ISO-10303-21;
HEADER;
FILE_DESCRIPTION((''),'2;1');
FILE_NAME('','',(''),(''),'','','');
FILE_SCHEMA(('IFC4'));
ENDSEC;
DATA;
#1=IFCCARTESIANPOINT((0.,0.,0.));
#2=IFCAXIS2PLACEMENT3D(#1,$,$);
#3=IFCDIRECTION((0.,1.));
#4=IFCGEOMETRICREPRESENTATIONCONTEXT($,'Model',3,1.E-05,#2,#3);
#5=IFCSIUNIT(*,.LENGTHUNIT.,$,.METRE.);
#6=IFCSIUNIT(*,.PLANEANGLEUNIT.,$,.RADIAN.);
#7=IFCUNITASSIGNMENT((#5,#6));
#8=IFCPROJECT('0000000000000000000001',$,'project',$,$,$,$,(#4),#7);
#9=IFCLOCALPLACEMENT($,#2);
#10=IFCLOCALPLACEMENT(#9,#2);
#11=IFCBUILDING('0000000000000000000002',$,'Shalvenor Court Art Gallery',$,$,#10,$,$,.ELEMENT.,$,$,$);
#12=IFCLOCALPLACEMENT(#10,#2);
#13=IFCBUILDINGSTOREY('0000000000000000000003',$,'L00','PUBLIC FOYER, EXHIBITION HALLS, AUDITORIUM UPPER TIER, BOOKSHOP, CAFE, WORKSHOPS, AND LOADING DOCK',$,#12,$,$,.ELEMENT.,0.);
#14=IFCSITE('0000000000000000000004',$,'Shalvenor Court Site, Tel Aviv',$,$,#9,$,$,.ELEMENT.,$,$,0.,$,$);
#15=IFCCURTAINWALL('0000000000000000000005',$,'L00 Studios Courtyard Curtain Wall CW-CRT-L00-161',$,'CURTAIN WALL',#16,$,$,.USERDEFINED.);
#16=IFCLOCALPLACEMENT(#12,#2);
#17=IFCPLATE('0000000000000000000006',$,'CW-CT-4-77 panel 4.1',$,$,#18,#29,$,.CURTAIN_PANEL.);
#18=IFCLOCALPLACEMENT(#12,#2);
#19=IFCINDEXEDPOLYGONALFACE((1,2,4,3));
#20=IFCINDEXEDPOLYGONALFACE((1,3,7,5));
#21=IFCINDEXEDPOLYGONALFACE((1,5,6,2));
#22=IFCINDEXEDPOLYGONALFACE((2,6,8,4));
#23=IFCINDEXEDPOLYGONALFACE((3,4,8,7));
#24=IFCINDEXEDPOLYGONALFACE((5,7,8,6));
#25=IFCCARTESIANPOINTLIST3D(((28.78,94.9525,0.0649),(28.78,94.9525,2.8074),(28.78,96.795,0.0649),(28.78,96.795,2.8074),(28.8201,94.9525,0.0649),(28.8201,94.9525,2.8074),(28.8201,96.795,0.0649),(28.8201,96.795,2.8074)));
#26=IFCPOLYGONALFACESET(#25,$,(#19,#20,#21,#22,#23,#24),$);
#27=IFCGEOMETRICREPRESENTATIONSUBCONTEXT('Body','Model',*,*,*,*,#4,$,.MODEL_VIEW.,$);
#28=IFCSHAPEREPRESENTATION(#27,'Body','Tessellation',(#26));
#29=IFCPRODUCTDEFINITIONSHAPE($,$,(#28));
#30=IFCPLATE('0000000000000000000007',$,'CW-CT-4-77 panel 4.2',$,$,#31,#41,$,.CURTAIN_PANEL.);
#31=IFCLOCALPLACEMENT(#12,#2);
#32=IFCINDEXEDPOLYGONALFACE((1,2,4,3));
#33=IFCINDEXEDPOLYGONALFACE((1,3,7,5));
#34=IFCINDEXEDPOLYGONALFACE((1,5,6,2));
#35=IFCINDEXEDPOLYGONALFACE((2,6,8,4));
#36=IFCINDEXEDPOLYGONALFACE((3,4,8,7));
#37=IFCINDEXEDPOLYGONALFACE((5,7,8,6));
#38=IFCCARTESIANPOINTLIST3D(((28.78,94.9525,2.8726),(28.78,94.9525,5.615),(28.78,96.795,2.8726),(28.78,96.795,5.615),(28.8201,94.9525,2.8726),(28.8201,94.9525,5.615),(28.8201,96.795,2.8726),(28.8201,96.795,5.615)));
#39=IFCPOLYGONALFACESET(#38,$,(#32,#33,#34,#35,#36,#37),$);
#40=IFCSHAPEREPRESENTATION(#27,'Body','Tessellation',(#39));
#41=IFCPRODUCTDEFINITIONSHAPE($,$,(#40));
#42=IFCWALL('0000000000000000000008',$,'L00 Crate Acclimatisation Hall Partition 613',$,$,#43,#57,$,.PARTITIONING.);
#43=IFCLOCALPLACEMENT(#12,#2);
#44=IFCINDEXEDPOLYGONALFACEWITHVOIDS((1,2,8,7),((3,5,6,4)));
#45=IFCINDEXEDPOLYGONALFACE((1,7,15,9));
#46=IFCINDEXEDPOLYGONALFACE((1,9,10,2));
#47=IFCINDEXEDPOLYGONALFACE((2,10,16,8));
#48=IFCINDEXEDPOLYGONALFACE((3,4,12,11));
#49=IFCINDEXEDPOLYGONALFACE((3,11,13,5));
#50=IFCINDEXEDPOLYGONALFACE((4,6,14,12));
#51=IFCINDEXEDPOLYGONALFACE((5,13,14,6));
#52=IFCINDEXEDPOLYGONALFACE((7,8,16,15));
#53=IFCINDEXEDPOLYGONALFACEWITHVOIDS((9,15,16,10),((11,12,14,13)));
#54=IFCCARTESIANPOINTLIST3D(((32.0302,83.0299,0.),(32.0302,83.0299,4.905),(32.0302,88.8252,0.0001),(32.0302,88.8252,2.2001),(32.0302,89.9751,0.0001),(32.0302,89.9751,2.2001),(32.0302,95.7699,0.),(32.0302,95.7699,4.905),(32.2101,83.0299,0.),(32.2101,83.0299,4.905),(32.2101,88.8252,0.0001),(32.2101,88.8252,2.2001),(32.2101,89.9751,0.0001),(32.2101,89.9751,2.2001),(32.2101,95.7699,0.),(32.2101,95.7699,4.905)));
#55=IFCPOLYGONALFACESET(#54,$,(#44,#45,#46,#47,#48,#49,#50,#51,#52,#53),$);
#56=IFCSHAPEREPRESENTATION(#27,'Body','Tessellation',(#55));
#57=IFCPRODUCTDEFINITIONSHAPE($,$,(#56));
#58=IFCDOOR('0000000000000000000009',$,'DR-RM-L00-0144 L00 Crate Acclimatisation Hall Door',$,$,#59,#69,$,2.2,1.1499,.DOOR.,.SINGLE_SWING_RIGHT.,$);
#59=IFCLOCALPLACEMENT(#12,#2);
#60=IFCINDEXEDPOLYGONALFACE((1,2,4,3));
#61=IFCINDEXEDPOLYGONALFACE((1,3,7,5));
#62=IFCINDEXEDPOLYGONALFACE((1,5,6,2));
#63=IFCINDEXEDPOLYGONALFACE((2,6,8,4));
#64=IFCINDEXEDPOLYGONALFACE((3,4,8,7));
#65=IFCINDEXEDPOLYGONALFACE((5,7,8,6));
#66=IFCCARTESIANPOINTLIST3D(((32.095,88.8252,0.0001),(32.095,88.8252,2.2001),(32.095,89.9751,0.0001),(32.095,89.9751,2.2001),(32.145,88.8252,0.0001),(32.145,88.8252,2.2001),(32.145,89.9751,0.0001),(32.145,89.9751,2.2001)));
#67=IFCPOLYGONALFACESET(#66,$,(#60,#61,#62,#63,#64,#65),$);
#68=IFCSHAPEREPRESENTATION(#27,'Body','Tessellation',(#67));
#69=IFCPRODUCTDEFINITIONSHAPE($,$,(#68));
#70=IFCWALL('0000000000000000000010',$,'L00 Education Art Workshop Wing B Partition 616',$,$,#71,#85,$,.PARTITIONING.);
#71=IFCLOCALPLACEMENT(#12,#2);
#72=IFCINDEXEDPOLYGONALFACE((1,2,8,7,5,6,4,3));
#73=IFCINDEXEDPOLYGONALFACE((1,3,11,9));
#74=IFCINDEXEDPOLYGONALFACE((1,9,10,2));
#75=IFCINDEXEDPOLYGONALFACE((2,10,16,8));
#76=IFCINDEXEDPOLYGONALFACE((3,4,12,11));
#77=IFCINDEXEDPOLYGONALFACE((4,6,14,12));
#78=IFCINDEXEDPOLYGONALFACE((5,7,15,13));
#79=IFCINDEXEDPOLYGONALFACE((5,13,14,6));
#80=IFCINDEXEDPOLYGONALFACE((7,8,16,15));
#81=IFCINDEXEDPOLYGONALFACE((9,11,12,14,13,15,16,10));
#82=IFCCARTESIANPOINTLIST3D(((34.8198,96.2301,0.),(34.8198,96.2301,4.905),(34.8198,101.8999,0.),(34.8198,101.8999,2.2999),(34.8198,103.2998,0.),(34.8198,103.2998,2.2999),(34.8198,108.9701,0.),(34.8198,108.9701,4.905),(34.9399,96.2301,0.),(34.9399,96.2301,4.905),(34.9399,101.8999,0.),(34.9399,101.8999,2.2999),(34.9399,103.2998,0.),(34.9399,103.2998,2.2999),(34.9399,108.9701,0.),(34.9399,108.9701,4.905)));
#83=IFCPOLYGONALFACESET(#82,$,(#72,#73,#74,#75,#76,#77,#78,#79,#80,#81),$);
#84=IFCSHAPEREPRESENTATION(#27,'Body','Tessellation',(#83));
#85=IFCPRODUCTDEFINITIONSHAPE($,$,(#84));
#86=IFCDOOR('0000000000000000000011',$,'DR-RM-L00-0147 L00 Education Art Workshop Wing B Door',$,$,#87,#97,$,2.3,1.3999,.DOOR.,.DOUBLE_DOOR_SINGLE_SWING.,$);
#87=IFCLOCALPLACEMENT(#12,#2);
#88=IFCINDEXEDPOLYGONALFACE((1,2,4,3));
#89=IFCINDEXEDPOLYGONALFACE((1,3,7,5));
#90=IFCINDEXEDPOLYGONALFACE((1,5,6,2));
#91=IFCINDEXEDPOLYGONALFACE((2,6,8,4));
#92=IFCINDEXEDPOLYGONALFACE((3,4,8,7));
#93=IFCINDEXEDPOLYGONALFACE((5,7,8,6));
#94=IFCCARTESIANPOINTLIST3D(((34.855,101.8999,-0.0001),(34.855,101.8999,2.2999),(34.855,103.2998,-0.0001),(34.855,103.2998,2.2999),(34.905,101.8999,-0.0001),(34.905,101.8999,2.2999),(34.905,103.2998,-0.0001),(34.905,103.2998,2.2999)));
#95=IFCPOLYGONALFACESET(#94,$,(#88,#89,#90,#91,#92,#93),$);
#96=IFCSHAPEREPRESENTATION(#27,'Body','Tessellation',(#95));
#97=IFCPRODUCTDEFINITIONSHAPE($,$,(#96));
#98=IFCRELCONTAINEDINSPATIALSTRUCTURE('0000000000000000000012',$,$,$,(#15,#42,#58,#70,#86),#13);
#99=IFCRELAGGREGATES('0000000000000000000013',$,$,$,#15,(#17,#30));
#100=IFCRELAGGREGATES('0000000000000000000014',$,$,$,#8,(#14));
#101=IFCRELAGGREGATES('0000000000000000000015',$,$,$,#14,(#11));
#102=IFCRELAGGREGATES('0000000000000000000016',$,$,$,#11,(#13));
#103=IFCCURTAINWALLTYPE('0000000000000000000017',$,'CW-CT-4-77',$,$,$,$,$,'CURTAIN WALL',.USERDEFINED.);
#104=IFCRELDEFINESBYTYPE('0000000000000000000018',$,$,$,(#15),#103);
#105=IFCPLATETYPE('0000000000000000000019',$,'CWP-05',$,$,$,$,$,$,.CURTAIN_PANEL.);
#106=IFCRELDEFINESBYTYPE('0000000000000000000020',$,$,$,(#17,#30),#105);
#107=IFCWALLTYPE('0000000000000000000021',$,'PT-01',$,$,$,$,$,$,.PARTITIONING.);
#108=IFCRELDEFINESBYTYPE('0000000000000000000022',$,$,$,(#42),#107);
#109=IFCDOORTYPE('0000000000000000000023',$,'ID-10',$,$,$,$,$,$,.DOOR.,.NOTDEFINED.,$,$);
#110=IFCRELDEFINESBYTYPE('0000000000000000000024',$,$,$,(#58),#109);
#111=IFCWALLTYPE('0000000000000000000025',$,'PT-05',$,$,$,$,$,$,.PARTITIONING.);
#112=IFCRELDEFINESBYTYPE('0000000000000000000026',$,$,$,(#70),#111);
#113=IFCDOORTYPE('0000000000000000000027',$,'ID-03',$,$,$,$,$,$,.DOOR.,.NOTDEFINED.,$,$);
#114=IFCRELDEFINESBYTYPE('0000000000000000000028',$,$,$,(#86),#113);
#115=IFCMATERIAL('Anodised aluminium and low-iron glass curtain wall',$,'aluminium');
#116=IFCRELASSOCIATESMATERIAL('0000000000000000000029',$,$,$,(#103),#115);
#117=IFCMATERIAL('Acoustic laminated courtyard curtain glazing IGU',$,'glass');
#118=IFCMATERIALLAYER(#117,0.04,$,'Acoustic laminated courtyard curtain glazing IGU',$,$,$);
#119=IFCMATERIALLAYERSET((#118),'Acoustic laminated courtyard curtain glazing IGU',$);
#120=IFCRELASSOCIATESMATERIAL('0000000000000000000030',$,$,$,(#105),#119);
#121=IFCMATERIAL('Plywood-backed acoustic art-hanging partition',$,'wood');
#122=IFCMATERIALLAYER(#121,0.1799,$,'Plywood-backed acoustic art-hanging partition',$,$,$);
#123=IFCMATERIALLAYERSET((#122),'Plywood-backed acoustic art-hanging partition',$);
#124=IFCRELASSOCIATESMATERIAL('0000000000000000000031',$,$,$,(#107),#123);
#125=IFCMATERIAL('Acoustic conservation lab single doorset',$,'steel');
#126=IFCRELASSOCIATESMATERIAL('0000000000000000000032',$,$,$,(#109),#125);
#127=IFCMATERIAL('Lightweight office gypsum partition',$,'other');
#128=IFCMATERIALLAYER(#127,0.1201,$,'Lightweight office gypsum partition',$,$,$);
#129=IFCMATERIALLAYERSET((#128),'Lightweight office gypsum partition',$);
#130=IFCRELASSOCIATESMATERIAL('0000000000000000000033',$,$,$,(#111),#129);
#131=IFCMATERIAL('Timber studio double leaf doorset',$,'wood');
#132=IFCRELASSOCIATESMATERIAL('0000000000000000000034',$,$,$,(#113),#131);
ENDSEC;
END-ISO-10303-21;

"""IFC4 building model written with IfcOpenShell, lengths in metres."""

from ifc_helpers import new_model, si_unit, direction, frame, frame_2d, origin, origin_2d, place, context, subcontext, project, spatial, rectangle, extrude, material, layer, layer_set, type_object, element, fill, aggregate, save


model = new_model("IFC4")

# Units and contexts
model_context = context("Model", 3, precision=1e-05, world=origin(), true_north=direction((0.0, 1.0)))
body_context = subcontext(model_context, "Body", "Model", "MODEL_VIEW")
ifc_project = project(units=[si_unit("LENGTHUNIT", "METRE"), si_unit("PLANEANGLEUNIT", "RADIAN")], contexts=[model_context])

# Site, building, storey
site_placement = place(None, origin())
site = spatial("IfcSite", under=ifc_project, at=site_placement, Name="Shalvenor Court Site, Tel Aviv", CompositionType="ELEMENT", RefElevation=0.0)
building_placement = place(site_placement, origin())
building = spatial("IfcBuilding", under=site, at=building_placement, Name="Shalvenor Court Art Gallery", CompositionType="ELEMENT")
storey_placement = place(building_placement, origin())
storey = spatial("IfcBuildingStorey", under=building, at=storey_placement, Name="L00", Description="PUBLIC FOYER, EXHIBITION HALLS, AUDITORIUM UPPER TIER, BOOKSHOP, CAFE, WORKSHOPS, AND LOADING DOCK", CompositionType="ELEMENT", Elevation=0.0)

# Curtain wall
ifc_material_1 = material(Name="Anodised aluminium and low-iron glass curtain wall", Category="aluminium")
curtain_wall_type = type_object("IfcCurtainWallType", Name="CW-CT-4-77", ElementType="CURTAIN WALL", PredefinedType="USERDEFINED", material=ifc_material_1)
curtain_wall_placement = place(storey_placement, origin())
curtain_wall = element("IfcCurtainWall", 1, at=curtain_wall_placement, inside=storey, type_object=curtain_wall_type, Name="L00 Studios Courtyard Curtain Wall CW-CRT-L00-161", ObjectType="CURTAIN WALL", PredefinedType="USERDEFINED")

# Plates
ifc_material_2 = material(Name="Acoustic laminated courtyard curtain glazing IGU", Category="glass")
ifc_layer_1 = layer(ifc_material_2, 0.04, Name="Acoustic laminated courtyard curtain glazing IGU")
ifc_layer_set_1 = layer_set([ifc_layer_1], Name="Acoustic laminated courtyard curtain glazing IGU")
plate_type = type_object("IfcPlateType", Name="CWP-05", PredefinedType="CURTAIN_PANEL", material=ifc_layer_set_1)
plate_1_placement = place(storey_placement, frame((28.8, 95.8738, 0.0649), z_axis=(0.0, 0.0, 1.0), x_axis=(0.0, 1.0, 0.0)))
plate_1 = element("IfcPlate", 2, at=plate_1_placement, type_object=plate_type, Name="CW-CT-4-77 panel 4.1", PredefinedType="CURTAIN_PANEL", context=body_context, shape_type="SweptSolid", body=[
    extrude(rectangle(XDim=1.8425, YDim=0.04, at=origin_2d()), origin(), (0.0, 0.0, 1.0), 2.7424),
])
plate_2_placement = place(storey_placement, frame((28.8, 95.8738, 2.8726), z_axis=(0.0, 0.0, 1.0), x_axis=(0.0, 1.0, 0.0)))
plate_2 = element("IfcPlate", 3, at=plate_2_placement, type_object=plate_type, Name="CW-CT-4-77 panel 4.2", PredefinedType="CURTAIN_PANEL", context=body_context, shape_type="SweptSolid", body=[
    extrude(rectangle(XDim=1.8425, YDim=0.04, at=origin_2d()), origin(), (0.0, 0.0, 1.0), 2.7424),
])
aggregate(curtain_wall, [plate_1, plate_2])

# Walls, openings, doors
ifc_material_3 = material(Name="Plywood-backed acoustic art-hanging partition", Category="wood")
ifc_layer_2 = layer(ifc_material_3, 0.1799, Name="Plywood-backed acoustic art-hanging partition")
ifc_layer_set_2 = layer_set([ifc_layer_2], Name="Plywood-backed acoustic art-hanging partition")
wall_type_1 = type_object("IfcWallType", Name="PT-01", PredefinedType="PARTITIONING", material=ifc_layer_set_2)
wall_1_placement = place(storey_placement, frame((32.1201, 95.77, 0.0), z_axis=(0.0, 0.0, 1.0), x_axis=(0.0, -1.0, 0.0)))
wall_1 = element("IfcWall", 4, at=wall_1_placement, inside=storey, type_object=wall_type_1, Name="L00 Crate Acclimatisation Hall Partition 613", PredefinedType="PARTITIONING", context=body_context, shape_type="SweptSolid", body=[
    extrude(rectangle(XDim=12.74, YDim=0.1799, at=frame_2d((6.3701, 0.0))), origin(), (0.0, 0.0, 1.0), 4.905),
])
opening_1_placement = place(wall_1_placement, frame((5.7949, 0.0, 0.0)))
opening_1 = element("IfcOpeningElement", 5, at=opening_1_placement, cuts=wall_1, PredefinedType="OPENING", context=body_context, shape_type="SweptSolid", body=[
    extrude(rectangle(XDim=1.1499, YDim=2.2, at=frame_2d((0.575, 1.1001))), frame((0.0, 0.0999, 0.0), z_axis=(0.0, -1.0, 0.0), x_axis=(1.0, 0.0, 0.0)), (0.0, 0.0, 1.0), 0.2),
])
ifc_material_4 = material(Name="Acoustic conservation lab single doorset", Category="steel")
door_type_1 = type_object("IfcDoorType", Name="ID-10", OperationType="NOTDEFINED", PredefinedType="DOOR", material=ifc_material_4)
door_1_placement = place(opening_1_placement, origin())
door_1 = element("IfcDoor", 6, at=door_1_placement, inside=storey, type_object=door_type_1, Name="DR-RM-L00-0144 L00 Crate Acclimatisation Hall Door", OperationType="SINGLE_SWING_RIGHT", OverallHeight=2.2, OverallWidth=1.1499, PredefinedType="DOOR", context=body_context, shape_type="SweptSolid", body=[
    extrude(rectangle(XDim=1.1499, YDim=2.2, at=frame_2d((0.575, 1.1001))), frame((0.0, 0.0249, 0.0), z_axis=(0.0, -1.0, 0.0), x_axis=(1.0, 0.0, 0.0)), (0.0, 0.0, 1.0), 0.05),
])
fill(opening_1, door_1)
ifc_material_5 = material(Name="Lightweight office gypsum partition", Category="other")
ifc_layer_3 = layer(ifc_material_5, 0.1201, Name="Lightweight office gypsum partition")
ifc_layer_set_3 = layer_set([ifc_layer_3], Name="Lightweight office gypsum partition")
wall_type_2 = type_object("IfcWallType", Name="PT-05", PredefinedType="PARTITIONING", material=ifc_layer_set_3)
wall_2_placement = place(storey_placement, frame((34.8799, 96.23, 0.0), z_axis=(0.0, 0.0, 1.0), x_axis=(0.0, 1.0, 0.0)))
wall_2 = element("IfcWall", 7, at=wall_2_placement, inside=storey, type_object=wall_type_2, Name="L00 Education Art Workshop Wing B Partition 616", PredefinedType="PARTITIONING", context=body_context, shape_type="SweptSolid", body=[
    extrude(rectangle(XDim=12.74, YDim=0.1201, at=frame_2d((6.3701, 0.0))), origin(), (0.0, 0.0, 1.0), 4.905),
])
opening_2_placement = place(wall_2_placement, frame((5.6699, 0.0, 0.0)))
opening_2 = element("IfcOpeningElement", 8, at=opening_2_placement, cuts=wall_2, PredefinedType="OPENING", context=body_context, shape_type="SweptSolid", body=[
    extrude(rectangle(XDim=1.3999, YDim=2.3, at=frame_2d((0.7, 1.1499))), frame((0.0, 0.0701, 0.0), z_axis=(0.0, -1.0, 0.0), x_axis=(1.0, 0.0, 0.0)), (0.0, 0.0, 1.0), 0.1401),
])
ifc_material_6 = material(Name="Timber studio double leaf doorset", Category="wood")
door_type_2 = type_object("IfcDoorType", Name="ID-03", OperationType="NOTDEFINED", PredefinedType="DOOR", material=ifc_material_6)
door_2_placement = place(opening_2_placement, origin())
door_2 = element("IfcDoor", 9, at=door_2_placement, inside=storey, type_object=door_type_2, Name="DR-RM-L00-0147 L00 Education Art Workshop Wing B Door", OperationType="DOUBLE_DOOR_SINGLE_SWING", OverallHeight=2.3, OverallWidth=1.3999, PredefinedType="DOOR", context=body_context, shape_type="SweptSolid", body=[
    extrude(rectangle(XDim=1.3999, YDim=2.3, at=frame_2d((0.7, 1.1499))), frame((0.0, 0.0249, 0.0), z_axis=(0.0, -1.0, 0.0), x_axis=(1.0, 0.0, 0.0)), (0.0, 0.0, 1.0), 0.05),
])
fill(opening_2, door_2)

save(model, "model.ifc")
